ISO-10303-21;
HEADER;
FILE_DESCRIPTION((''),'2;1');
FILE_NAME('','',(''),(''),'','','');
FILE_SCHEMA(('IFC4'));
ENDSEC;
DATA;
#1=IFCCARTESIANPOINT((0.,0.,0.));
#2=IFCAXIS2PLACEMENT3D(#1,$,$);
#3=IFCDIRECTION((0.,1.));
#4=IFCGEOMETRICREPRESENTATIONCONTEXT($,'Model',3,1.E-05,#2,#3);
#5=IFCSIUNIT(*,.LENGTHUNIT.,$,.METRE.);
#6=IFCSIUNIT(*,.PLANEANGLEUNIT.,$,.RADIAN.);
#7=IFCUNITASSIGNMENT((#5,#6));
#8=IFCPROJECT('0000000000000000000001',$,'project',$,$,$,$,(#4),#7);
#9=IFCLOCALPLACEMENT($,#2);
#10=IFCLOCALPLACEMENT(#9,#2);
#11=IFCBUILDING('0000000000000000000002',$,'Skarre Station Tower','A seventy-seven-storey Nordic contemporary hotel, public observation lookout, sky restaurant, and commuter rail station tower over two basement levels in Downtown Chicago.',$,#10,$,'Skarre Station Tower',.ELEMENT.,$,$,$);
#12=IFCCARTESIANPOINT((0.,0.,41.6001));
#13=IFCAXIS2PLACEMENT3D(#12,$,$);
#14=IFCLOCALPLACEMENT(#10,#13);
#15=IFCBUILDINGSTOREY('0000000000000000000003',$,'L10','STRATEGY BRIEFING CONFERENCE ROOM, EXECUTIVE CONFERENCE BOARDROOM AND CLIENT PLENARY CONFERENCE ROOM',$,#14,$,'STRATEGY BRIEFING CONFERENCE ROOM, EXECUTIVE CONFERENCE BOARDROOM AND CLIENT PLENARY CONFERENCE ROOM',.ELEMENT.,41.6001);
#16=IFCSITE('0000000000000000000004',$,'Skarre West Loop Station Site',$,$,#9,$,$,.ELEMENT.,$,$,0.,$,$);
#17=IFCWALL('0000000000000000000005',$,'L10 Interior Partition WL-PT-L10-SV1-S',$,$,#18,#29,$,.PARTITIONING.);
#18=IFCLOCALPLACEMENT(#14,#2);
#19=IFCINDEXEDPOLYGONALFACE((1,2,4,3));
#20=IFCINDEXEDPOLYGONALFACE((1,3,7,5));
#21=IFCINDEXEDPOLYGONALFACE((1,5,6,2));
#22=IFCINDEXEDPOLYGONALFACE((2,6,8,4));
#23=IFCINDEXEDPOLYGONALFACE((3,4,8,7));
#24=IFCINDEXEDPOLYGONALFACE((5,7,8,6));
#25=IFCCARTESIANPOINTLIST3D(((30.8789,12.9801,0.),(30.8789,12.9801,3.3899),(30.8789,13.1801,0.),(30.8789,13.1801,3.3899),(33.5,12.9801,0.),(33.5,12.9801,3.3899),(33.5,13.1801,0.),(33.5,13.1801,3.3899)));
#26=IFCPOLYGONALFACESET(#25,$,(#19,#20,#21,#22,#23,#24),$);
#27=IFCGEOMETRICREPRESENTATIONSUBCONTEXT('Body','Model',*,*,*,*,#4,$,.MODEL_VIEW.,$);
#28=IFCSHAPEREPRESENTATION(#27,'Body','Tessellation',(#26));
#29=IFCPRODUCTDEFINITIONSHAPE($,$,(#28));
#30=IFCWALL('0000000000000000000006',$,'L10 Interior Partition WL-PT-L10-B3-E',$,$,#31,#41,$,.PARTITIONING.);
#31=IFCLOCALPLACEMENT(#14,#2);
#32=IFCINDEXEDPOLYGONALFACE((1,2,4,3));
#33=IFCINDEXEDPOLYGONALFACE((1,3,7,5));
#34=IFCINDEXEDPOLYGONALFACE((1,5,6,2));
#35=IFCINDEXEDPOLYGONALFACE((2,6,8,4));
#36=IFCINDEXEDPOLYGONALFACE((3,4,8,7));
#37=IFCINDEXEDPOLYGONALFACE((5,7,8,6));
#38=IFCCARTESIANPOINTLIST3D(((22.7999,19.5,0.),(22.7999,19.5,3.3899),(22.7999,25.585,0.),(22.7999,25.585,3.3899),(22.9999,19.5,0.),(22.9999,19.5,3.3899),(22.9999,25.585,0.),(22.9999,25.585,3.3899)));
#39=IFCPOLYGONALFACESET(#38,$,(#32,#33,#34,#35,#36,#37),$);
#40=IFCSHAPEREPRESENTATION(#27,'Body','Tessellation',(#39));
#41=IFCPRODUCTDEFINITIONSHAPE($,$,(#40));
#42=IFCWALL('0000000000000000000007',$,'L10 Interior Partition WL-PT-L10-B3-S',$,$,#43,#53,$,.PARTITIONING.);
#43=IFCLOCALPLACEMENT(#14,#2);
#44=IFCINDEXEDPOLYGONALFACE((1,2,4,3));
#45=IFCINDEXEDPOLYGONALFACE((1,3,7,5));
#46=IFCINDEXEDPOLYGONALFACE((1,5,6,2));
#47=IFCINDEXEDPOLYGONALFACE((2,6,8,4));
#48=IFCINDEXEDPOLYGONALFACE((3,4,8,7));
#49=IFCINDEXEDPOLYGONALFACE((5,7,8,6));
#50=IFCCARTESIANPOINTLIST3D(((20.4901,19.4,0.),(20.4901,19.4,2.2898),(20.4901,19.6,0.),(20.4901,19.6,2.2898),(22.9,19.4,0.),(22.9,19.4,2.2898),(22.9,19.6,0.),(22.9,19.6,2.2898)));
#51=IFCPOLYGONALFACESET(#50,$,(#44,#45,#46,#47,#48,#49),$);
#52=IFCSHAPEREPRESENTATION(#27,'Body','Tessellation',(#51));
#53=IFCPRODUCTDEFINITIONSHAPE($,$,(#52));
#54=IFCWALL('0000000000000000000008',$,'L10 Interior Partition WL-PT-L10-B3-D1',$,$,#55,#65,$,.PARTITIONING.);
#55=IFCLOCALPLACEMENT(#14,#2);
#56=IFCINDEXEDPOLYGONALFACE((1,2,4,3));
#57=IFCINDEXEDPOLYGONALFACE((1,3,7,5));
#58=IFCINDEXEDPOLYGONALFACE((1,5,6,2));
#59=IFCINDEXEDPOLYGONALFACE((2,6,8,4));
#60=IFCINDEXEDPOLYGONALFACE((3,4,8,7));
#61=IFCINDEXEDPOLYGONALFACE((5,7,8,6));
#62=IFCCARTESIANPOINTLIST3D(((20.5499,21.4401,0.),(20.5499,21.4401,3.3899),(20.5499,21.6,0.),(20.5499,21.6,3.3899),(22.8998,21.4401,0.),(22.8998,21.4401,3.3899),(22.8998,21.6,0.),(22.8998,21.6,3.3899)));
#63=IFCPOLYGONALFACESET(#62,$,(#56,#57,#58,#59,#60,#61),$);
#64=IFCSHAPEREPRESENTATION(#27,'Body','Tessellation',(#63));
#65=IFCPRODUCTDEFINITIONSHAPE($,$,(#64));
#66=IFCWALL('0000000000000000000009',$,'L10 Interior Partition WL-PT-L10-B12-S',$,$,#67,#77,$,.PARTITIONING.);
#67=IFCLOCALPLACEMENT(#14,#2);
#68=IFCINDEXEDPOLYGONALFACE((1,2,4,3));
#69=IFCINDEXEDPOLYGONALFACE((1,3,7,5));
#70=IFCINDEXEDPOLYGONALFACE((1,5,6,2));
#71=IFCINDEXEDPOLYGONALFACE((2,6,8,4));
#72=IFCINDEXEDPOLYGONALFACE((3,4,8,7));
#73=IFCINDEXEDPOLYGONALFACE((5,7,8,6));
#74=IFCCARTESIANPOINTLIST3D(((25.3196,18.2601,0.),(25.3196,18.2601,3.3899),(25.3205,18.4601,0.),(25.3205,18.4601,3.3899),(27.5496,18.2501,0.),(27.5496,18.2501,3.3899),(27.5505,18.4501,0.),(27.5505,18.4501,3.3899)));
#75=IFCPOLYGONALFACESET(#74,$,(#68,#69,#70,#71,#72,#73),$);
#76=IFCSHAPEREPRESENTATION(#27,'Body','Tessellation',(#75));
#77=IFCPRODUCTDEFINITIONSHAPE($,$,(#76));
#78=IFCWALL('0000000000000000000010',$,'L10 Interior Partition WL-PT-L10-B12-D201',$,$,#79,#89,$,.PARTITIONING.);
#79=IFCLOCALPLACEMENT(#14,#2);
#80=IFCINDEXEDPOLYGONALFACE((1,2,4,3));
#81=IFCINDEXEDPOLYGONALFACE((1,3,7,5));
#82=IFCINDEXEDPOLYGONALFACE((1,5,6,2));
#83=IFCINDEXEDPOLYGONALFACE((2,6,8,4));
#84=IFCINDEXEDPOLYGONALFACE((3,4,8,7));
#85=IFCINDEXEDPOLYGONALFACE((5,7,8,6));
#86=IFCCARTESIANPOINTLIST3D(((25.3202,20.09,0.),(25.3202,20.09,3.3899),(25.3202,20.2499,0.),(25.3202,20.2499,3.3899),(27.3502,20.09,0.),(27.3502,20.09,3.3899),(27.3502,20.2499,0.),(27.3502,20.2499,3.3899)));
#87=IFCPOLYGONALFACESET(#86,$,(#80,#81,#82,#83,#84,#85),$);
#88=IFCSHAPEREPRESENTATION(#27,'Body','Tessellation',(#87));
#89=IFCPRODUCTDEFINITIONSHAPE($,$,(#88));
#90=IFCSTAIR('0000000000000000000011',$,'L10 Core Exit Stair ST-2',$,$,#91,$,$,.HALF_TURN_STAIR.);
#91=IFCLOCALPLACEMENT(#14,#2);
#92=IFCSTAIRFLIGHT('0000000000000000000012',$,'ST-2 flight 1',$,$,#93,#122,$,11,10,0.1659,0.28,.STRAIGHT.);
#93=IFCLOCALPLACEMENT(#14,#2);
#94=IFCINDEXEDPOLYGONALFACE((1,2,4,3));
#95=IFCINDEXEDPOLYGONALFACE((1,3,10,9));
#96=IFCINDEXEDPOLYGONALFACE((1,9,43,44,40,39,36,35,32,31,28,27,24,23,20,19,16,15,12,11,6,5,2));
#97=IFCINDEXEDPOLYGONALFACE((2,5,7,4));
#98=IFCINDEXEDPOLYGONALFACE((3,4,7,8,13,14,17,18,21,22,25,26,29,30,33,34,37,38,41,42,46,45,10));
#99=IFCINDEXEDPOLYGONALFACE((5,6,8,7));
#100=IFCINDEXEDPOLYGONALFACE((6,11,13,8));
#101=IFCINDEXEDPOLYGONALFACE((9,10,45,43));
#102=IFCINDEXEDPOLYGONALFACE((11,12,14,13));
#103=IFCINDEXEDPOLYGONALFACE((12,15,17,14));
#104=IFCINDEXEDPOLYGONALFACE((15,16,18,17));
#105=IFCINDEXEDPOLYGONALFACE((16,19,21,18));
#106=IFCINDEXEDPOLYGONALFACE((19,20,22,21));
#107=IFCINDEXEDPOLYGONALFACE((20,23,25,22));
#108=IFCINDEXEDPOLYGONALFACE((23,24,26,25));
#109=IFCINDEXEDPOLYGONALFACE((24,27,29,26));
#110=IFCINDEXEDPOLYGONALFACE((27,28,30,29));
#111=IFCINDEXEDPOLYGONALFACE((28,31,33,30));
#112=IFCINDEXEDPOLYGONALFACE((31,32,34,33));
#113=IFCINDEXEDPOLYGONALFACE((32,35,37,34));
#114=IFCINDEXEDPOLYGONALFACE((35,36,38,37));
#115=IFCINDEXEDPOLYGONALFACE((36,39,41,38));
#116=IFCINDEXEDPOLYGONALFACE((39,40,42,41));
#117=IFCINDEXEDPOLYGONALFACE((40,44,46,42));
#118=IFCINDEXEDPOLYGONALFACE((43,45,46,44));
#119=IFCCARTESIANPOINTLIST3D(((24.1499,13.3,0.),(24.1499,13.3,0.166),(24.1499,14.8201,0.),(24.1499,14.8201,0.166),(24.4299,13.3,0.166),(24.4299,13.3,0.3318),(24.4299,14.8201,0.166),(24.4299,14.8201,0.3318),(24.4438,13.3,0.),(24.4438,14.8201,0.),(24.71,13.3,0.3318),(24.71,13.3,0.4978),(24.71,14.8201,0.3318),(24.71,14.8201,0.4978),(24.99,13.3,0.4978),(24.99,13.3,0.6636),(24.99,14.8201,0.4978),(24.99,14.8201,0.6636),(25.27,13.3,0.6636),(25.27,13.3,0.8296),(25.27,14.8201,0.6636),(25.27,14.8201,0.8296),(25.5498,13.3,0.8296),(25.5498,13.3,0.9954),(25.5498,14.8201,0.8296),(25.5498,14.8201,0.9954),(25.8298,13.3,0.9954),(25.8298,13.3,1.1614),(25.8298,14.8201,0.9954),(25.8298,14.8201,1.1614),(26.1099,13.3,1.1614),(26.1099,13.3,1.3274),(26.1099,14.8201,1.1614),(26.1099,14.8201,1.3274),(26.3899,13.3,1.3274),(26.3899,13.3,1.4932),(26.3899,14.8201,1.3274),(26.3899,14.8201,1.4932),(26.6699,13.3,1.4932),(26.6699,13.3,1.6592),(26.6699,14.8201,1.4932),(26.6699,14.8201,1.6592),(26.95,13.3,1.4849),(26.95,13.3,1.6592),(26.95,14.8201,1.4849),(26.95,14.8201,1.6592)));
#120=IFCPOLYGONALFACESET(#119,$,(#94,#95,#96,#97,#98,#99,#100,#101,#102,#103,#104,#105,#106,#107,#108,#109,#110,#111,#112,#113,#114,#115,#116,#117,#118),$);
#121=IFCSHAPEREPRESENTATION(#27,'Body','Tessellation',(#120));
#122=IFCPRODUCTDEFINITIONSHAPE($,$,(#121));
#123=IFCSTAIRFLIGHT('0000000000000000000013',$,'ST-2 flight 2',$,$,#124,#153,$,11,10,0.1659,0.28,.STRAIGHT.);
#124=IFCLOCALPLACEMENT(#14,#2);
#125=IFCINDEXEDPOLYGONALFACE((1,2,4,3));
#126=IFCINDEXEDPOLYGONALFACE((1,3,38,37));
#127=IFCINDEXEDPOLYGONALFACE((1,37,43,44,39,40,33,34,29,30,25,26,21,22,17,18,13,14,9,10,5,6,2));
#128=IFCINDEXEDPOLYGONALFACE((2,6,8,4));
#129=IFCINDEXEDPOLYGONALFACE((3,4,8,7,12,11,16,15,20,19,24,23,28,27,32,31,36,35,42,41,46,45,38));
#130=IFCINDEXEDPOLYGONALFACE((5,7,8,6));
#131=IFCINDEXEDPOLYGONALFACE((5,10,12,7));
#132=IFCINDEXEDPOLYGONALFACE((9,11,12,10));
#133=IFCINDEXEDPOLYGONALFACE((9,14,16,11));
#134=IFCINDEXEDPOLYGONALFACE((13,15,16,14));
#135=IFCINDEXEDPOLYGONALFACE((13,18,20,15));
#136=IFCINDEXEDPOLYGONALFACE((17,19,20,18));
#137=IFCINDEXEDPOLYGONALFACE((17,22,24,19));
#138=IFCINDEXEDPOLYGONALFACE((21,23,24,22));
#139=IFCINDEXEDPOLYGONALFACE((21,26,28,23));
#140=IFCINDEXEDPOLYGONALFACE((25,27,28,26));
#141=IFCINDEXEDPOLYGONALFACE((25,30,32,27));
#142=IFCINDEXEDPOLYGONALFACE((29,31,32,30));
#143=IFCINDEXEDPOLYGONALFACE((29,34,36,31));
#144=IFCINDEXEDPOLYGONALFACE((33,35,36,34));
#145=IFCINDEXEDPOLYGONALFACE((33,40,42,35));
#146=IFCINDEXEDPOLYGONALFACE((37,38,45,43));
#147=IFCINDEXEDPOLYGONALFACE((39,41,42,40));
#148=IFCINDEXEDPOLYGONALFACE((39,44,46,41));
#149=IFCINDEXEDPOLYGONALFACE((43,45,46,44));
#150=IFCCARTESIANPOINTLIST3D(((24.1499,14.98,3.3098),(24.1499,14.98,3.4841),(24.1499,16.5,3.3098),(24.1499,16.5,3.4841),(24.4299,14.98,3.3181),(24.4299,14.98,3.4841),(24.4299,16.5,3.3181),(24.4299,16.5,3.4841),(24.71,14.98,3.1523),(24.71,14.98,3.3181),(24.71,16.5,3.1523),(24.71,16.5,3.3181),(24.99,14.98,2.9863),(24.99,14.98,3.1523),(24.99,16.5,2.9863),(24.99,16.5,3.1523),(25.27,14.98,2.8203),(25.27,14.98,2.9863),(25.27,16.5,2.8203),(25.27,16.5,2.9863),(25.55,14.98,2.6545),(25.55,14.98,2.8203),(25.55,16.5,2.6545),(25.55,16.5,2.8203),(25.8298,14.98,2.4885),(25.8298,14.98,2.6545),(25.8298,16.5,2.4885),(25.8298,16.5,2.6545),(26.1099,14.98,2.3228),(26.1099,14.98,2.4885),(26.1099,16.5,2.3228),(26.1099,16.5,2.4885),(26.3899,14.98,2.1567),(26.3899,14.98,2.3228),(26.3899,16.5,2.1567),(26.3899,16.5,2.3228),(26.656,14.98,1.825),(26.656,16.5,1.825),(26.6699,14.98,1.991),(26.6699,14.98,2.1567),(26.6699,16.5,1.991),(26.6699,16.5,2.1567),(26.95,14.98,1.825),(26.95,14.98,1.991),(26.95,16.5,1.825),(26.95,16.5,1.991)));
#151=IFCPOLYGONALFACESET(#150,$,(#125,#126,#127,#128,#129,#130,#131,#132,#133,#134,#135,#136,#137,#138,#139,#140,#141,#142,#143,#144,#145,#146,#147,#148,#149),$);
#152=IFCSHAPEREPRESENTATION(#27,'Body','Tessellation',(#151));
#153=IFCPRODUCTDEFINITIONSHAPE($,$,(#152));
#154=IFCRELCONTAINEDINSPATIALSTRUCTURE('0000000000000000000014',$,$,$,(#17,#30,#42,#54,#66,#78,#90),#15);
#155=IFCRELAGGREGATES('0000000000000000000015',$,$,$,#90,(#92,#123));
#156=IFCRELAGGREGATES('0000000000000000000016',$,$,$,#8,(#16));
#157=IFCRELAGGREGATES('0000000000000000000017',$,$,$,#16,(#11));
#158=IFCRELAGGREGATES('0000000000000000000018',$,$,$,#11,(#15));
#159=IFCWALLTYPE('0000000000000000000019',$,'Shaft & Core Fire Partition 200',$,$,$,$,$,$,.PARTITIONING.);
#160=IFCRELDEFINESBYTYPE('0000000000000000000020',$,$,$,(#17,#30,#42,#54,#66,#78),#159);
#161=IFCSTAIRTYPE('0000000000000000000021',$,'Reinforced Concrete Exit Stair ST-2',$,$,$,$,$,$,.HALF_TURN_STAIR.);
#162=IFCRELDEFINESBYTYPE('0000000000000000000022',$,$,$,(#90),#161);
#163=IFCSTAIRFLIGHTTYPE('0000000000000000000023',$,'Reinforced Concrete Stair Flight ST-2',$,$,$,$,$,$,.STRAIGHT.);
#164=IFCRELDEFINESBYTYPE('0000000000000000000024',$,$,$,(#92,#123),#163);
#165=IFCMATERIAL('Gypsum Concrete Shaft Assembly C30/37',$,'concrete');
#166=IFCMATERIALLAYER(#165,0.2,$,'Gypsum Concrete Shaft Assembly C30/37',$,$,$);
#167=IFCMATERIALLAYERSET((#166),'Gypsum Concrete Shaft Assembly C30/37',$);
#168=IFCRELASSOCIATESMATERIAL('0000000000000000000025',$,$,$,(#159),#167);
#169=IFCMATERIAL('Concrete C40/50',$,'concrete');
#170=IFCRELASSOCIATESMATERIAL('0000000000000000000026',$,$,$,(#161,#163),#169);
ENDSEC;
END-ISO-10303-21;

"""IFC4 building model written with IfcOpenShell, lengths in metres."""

from ifc_helpers import new_model, si_unit, direction, frame, frame_2d, origin, place, context, subcontext, project, spatial, polyline, rectangle, outline, extrude, material, layer, layer_set, type_object, element, aggregate, save


model = new_model("IFC4")

# Units and contexts
model_context = context("Model", 3, precision=1e-05, world=origin(), true_north=direction((0.0, 1.0)))
body_context = subcontext(model_context, "Body", "Model", "MODEL_VIEW")
ifc_project = project(units=[si_unit("LENGTHUNIT", "METRE"), si_unit("PLANEANGLEUNIT", "RADIAN")], contexts=[model_context])

# Site, building, storey
site_placement = place(None, origin())
site = spatial("IfcSite", under=ifc_project, at=site_placement, Name="Skarre West Loop Station Site", CompositionType="ELEMENT", RefElevation=0.0)
building_placement = place(site_placement, origin())
building = spatial("IfcBuilding", under=site, at=building_placement, Name="Skarre Station Tower", Description="A seventy-seven-storey Nordic contemporary hotel, public observation lookout, sky restaurant, and commuter rail station tower over two basement levels in Downtown Chicago.", LongName="Skarre Station Tower", CompositionType="ELEMENT")
storey_placement = place(building_placement, frame((0.0, 0.0, 41.6001)))
storey = spatial("IfcBuildingStorey", under=building, at=storey_placement, Name="L10", Description="STRATEGY BRIEFING CONFERENCE ROOM, EXECUTIVE CONFERENCE BOARDROOM AND CLIENT PLENARY CONFERENCE ROOM", LongName="STRATEGY BRIEFING CONFERENCE ROOM, EXECUTIVE CONFERENCE BOARDROOM AND CLIENT PLENARY CONFERENCE ROOM", CompositionType="ELEMENT", Elevation=41.6001)

# Walls
ifc_material_1 = material(Name="Gypsum Concrete Shaft Assembly C30/37", Category="concrete")
ifc_layer_1 = layer(ifc_material_1, 0.2, Name="Gypsum Concrete Shaft Assembly C30/37")
ifc_layer_set_1 = layer_set([ifc_layer_1], Name="Gypsum Concrete Shaft Assembly C30/37")
wall_type_1 = type_object("IfcWallType", Name="Shaft & Core Fire Partition 200", PredefinedType="PARTITIONING", material=ifc_layer_set_1)
wall_1_placement = place(storey_placement, frame((30.8789, 13.0801, 0.0), z_axis=(0.0, 0.0, 1.0), x_axis=(1.0, 0.0, 0.0)))
element("IfcWall", 1, at=wall_1_placement, inside=storey, type_object=wall_type_1, Name="L10 Interior Partition WL-PT-L10-SV1-S", PredefinedType="PARTITIONING", context=body_context, shape_type="SweptSolid", body=[
    extrude(rectangle(XDim=2.6211, YDim=0.2, at=frame_2d((1.3105, 0.0))), origin(), (0.0, 0.0, 1.0), 3.3899),
])
wall_2_placement = place(storey_placement, frame((22.8999, 19.5, 0.0), z_axis=(0.0, 0.0, 1.0), x_axis=(0.0, 1.0, 0.0)))
element("IfcWall", 2, at=wall_2_placement, inside=storey, type_object=wall_type_1, Name="L10 Interior Partition WL-PT-L10-B3-E", PredefinedType="PARTITIONING", context=body_context, shape_type="SweptSolid", body=[
    extrude(rectangle(XDim=6.085, YDim=0.2, at=frame_2d((3.0425, 0.0))), origin(), (0.0, 0.0, 1.0), 3.3899),
])
wall_3_placement = place(storey_placement, frame((20.49, 19.5, 0.0), z_axis=(0.0, 0.0, 1.0), x_axis=(1.0, 0.0, 0.0)))
element("IfcWall", 3, at=wall_3_placement, inside=storey, type_object=wall_type_1, Name="L10 Interior Partition WL-PT-L10-B3-S", PredefinedType="PARTITIONING", context=body_context, shape_type="SweptSolid", body=[
    extrude(rectangle(XDim=2.4099, YDim=0.2, at=frame_2d((1.2051, 0.0))), origin(), (0.0, 0.0, 1.0), 2.2898),
])
wall_4_placement = place(storey_placement, frame((20.55, 21.52, 0.0), z_axis=(0.0, 0.0, 1.0), x_axis=(1.0, 0.0, 0.0)))
element("IfcWall", 4, at=wall_4_placement, inside=storey, type_object=wall_type_1, Name="L10 Interior Partition WL-PT-L10-B3-D1", PredefinedType="PARTITIONING", context=body_context, shape_type="SweptSolid", body=[
    extrude(rectangle(XDim=2.3499, YDim=0.1599, at=frame_2d((1.1748, 0.0))), origin(), (0.0, 0.0, 1.0), 3.3899),
])
wall_5_placement = place(storey_placement, frame((25.3201, 18.3601, 0.0), z_axis=(0.0, 0.0, 1.0), x_axis=(0.99999, -0.004489, 0.0)))
element("IfcWall", 5, at=wall_5_placement, inside=storey, type_object=wall_type_1, Name="L10 Interior Partition WL-PT-L10-B12-S", PredefinedType="PARTITIONING", context=body_context, shape_type="SweptSolid", body=[
    extrude(rectangle(XDim=2.23, YDim=0.2, at=frame_2d((1.115, 0.0))), origin(), (0.0, 0.0, 1.0), 3.3899),
])
wall_6_placement = place(storey_placement, frame((25.3201, 20.1699, 0.0), z_axis=(0.0, 0.0, 1.0), x_axis=(1.0, 0.0, 0.0)))
element("IfcWall", 6, at=wall_6_placement, inside=storey, type_object=wall_type_1, Name="L10 Interior Partition WL-PT-L10-B12-D201", PredefinedType="PARTITIONING", context=body_context, shape_type="SweptSolid", body=[
    extrude(rectangle(XDim=2.03, YDim=0.1599, at=frame_2d((1.0151, 0.0))), origin(), (0.0, 0.0, 1.0), 3.3899),
])

# Stair, stair flights
ifc_material_2 = material(Name="Concrete C40/50", Category="concrete")
stair_type = type_object("IfcStairType", Name="Reinforced Concrete Exit Stair ST-2", PredefinedType="HALF_TURN_STAIR", material=ifc_material_2)
stair_placement = place(storey_placement, origin())
stair = element("IfcStair", 7, at=stair_placement, inside=storey, type_object=stair_type, Name="L10 Core Exit Stair ST-2", PredefinedType="HALF_TURN_STAIR")
stair_flight_type = type_object("IfcStairFlightType", Name="Reinforced Concrete Stair Flight ST-2", PredefinedType="STRAIGHT", material=ifc_material_2)
stair_flight_1_placement = place(storey_placement, frame((24.1499, 14.0601, 0.0), z_axis=(0.0, 0.0, 1.0), x_axis=(1.0, 0.0, 0.0)))
stair_flight_1 = element("IfcStairFlight", 8, at=stair_flight_1_placement, type_object=stair_flight_type, Name="ST-2 flight 1", NumberOfRisers=11, NumberOfTreads=10, PredefinedType="STRAIGHT", RiserHeight=0.1659, TreadLength=0.28, context=body_context, shape_type="SweptSolid", body=[
    extrude(outline(polyline([(0.0, 0.0), (0.0, 0.166), (0.28, 0.166), (0.28, 0.3318), (0.5601, 0.3318), (0.5601, 0.4978), (0.8401, 0.4978), (0.8401, 0.6636), (1.1201, 0.6636), (1.1201, 0.8296), (1.3999, 0.8296), (1.3999, 0.9954), (1.6799, 0.9954), (1.6799, 1.1614), (1.96, 1.1614), (1.96, 1.3274), (2.24, 1.3274), (2.24, 1.4932), (2.52, 1.4932), (2.52, 1.6592), (2.8, 1.6592), (2.8, 1.825), (2.8, 1.4849), (0.2939, 0.0), (0.0, 0.0)])), frame((0.0, 0.76, 0.0), z_axis=(0.0, -1.0, 0.0), x_axis=(1.0, 0.0, 0.0)), (0.0, 0.0, 1.0), 1.52),
])
stair_flight_2_placement = place(storey_placement, frame((26.95, 15.74, 1.825), z_axis=(0.0, 0.0, 1.0), x_axis=(-1.0, 0.0, 0.0)))
stair_flight_2 = element("IfcStairFlight", 9, at=stair_flight_2_placement, type_object=stair_flight_type, Name="ST-2 flight 2", NumberOfRisers=11, NumberOfTreads=10, PredefinedType="STRAIGHT", RiserHeight=0.1659, TreadLength=0.28, context=body_context, shape_type="SweptSolid", body=[
    extrude(outline(polyline([(0.0, 0.0), (0.0, 0.166), (0.28, 0.166), (0.28, 0.3318), (0.5601, 0.3318), (0.5601, 0.4978), (0.8401, 0.4978), (0.8401, 0.6636), (1.1201, 0.6636), (1.1201, 0.8296), (1.3999, 0.8296), (1.3999, 0.9954), (1.6799, 0.9954), (1.6799, 1.1614), (1.96, 1.1614), (1.96, 1.3274), (2.24, 1.3274), (2.24, 1.4932), (2.52, 1.4932), (2.52, 1.6592), (2.8, 1.6592), (2.8, 1.825), (2.8, 1.4849), (0.2939, 0.0), (0.0, 0.0)])), frame((0.0, 0.76, 0.0), z_axis=(0.0, -1.0, 0.0), x_axis=(1.0, 0.0, 0.0)), (0.0, 0.0, 1.0), 1.52),
])
aggregate(stair, [stair_flight_1, stair_flight_2])

save(model, "model.ifc")
